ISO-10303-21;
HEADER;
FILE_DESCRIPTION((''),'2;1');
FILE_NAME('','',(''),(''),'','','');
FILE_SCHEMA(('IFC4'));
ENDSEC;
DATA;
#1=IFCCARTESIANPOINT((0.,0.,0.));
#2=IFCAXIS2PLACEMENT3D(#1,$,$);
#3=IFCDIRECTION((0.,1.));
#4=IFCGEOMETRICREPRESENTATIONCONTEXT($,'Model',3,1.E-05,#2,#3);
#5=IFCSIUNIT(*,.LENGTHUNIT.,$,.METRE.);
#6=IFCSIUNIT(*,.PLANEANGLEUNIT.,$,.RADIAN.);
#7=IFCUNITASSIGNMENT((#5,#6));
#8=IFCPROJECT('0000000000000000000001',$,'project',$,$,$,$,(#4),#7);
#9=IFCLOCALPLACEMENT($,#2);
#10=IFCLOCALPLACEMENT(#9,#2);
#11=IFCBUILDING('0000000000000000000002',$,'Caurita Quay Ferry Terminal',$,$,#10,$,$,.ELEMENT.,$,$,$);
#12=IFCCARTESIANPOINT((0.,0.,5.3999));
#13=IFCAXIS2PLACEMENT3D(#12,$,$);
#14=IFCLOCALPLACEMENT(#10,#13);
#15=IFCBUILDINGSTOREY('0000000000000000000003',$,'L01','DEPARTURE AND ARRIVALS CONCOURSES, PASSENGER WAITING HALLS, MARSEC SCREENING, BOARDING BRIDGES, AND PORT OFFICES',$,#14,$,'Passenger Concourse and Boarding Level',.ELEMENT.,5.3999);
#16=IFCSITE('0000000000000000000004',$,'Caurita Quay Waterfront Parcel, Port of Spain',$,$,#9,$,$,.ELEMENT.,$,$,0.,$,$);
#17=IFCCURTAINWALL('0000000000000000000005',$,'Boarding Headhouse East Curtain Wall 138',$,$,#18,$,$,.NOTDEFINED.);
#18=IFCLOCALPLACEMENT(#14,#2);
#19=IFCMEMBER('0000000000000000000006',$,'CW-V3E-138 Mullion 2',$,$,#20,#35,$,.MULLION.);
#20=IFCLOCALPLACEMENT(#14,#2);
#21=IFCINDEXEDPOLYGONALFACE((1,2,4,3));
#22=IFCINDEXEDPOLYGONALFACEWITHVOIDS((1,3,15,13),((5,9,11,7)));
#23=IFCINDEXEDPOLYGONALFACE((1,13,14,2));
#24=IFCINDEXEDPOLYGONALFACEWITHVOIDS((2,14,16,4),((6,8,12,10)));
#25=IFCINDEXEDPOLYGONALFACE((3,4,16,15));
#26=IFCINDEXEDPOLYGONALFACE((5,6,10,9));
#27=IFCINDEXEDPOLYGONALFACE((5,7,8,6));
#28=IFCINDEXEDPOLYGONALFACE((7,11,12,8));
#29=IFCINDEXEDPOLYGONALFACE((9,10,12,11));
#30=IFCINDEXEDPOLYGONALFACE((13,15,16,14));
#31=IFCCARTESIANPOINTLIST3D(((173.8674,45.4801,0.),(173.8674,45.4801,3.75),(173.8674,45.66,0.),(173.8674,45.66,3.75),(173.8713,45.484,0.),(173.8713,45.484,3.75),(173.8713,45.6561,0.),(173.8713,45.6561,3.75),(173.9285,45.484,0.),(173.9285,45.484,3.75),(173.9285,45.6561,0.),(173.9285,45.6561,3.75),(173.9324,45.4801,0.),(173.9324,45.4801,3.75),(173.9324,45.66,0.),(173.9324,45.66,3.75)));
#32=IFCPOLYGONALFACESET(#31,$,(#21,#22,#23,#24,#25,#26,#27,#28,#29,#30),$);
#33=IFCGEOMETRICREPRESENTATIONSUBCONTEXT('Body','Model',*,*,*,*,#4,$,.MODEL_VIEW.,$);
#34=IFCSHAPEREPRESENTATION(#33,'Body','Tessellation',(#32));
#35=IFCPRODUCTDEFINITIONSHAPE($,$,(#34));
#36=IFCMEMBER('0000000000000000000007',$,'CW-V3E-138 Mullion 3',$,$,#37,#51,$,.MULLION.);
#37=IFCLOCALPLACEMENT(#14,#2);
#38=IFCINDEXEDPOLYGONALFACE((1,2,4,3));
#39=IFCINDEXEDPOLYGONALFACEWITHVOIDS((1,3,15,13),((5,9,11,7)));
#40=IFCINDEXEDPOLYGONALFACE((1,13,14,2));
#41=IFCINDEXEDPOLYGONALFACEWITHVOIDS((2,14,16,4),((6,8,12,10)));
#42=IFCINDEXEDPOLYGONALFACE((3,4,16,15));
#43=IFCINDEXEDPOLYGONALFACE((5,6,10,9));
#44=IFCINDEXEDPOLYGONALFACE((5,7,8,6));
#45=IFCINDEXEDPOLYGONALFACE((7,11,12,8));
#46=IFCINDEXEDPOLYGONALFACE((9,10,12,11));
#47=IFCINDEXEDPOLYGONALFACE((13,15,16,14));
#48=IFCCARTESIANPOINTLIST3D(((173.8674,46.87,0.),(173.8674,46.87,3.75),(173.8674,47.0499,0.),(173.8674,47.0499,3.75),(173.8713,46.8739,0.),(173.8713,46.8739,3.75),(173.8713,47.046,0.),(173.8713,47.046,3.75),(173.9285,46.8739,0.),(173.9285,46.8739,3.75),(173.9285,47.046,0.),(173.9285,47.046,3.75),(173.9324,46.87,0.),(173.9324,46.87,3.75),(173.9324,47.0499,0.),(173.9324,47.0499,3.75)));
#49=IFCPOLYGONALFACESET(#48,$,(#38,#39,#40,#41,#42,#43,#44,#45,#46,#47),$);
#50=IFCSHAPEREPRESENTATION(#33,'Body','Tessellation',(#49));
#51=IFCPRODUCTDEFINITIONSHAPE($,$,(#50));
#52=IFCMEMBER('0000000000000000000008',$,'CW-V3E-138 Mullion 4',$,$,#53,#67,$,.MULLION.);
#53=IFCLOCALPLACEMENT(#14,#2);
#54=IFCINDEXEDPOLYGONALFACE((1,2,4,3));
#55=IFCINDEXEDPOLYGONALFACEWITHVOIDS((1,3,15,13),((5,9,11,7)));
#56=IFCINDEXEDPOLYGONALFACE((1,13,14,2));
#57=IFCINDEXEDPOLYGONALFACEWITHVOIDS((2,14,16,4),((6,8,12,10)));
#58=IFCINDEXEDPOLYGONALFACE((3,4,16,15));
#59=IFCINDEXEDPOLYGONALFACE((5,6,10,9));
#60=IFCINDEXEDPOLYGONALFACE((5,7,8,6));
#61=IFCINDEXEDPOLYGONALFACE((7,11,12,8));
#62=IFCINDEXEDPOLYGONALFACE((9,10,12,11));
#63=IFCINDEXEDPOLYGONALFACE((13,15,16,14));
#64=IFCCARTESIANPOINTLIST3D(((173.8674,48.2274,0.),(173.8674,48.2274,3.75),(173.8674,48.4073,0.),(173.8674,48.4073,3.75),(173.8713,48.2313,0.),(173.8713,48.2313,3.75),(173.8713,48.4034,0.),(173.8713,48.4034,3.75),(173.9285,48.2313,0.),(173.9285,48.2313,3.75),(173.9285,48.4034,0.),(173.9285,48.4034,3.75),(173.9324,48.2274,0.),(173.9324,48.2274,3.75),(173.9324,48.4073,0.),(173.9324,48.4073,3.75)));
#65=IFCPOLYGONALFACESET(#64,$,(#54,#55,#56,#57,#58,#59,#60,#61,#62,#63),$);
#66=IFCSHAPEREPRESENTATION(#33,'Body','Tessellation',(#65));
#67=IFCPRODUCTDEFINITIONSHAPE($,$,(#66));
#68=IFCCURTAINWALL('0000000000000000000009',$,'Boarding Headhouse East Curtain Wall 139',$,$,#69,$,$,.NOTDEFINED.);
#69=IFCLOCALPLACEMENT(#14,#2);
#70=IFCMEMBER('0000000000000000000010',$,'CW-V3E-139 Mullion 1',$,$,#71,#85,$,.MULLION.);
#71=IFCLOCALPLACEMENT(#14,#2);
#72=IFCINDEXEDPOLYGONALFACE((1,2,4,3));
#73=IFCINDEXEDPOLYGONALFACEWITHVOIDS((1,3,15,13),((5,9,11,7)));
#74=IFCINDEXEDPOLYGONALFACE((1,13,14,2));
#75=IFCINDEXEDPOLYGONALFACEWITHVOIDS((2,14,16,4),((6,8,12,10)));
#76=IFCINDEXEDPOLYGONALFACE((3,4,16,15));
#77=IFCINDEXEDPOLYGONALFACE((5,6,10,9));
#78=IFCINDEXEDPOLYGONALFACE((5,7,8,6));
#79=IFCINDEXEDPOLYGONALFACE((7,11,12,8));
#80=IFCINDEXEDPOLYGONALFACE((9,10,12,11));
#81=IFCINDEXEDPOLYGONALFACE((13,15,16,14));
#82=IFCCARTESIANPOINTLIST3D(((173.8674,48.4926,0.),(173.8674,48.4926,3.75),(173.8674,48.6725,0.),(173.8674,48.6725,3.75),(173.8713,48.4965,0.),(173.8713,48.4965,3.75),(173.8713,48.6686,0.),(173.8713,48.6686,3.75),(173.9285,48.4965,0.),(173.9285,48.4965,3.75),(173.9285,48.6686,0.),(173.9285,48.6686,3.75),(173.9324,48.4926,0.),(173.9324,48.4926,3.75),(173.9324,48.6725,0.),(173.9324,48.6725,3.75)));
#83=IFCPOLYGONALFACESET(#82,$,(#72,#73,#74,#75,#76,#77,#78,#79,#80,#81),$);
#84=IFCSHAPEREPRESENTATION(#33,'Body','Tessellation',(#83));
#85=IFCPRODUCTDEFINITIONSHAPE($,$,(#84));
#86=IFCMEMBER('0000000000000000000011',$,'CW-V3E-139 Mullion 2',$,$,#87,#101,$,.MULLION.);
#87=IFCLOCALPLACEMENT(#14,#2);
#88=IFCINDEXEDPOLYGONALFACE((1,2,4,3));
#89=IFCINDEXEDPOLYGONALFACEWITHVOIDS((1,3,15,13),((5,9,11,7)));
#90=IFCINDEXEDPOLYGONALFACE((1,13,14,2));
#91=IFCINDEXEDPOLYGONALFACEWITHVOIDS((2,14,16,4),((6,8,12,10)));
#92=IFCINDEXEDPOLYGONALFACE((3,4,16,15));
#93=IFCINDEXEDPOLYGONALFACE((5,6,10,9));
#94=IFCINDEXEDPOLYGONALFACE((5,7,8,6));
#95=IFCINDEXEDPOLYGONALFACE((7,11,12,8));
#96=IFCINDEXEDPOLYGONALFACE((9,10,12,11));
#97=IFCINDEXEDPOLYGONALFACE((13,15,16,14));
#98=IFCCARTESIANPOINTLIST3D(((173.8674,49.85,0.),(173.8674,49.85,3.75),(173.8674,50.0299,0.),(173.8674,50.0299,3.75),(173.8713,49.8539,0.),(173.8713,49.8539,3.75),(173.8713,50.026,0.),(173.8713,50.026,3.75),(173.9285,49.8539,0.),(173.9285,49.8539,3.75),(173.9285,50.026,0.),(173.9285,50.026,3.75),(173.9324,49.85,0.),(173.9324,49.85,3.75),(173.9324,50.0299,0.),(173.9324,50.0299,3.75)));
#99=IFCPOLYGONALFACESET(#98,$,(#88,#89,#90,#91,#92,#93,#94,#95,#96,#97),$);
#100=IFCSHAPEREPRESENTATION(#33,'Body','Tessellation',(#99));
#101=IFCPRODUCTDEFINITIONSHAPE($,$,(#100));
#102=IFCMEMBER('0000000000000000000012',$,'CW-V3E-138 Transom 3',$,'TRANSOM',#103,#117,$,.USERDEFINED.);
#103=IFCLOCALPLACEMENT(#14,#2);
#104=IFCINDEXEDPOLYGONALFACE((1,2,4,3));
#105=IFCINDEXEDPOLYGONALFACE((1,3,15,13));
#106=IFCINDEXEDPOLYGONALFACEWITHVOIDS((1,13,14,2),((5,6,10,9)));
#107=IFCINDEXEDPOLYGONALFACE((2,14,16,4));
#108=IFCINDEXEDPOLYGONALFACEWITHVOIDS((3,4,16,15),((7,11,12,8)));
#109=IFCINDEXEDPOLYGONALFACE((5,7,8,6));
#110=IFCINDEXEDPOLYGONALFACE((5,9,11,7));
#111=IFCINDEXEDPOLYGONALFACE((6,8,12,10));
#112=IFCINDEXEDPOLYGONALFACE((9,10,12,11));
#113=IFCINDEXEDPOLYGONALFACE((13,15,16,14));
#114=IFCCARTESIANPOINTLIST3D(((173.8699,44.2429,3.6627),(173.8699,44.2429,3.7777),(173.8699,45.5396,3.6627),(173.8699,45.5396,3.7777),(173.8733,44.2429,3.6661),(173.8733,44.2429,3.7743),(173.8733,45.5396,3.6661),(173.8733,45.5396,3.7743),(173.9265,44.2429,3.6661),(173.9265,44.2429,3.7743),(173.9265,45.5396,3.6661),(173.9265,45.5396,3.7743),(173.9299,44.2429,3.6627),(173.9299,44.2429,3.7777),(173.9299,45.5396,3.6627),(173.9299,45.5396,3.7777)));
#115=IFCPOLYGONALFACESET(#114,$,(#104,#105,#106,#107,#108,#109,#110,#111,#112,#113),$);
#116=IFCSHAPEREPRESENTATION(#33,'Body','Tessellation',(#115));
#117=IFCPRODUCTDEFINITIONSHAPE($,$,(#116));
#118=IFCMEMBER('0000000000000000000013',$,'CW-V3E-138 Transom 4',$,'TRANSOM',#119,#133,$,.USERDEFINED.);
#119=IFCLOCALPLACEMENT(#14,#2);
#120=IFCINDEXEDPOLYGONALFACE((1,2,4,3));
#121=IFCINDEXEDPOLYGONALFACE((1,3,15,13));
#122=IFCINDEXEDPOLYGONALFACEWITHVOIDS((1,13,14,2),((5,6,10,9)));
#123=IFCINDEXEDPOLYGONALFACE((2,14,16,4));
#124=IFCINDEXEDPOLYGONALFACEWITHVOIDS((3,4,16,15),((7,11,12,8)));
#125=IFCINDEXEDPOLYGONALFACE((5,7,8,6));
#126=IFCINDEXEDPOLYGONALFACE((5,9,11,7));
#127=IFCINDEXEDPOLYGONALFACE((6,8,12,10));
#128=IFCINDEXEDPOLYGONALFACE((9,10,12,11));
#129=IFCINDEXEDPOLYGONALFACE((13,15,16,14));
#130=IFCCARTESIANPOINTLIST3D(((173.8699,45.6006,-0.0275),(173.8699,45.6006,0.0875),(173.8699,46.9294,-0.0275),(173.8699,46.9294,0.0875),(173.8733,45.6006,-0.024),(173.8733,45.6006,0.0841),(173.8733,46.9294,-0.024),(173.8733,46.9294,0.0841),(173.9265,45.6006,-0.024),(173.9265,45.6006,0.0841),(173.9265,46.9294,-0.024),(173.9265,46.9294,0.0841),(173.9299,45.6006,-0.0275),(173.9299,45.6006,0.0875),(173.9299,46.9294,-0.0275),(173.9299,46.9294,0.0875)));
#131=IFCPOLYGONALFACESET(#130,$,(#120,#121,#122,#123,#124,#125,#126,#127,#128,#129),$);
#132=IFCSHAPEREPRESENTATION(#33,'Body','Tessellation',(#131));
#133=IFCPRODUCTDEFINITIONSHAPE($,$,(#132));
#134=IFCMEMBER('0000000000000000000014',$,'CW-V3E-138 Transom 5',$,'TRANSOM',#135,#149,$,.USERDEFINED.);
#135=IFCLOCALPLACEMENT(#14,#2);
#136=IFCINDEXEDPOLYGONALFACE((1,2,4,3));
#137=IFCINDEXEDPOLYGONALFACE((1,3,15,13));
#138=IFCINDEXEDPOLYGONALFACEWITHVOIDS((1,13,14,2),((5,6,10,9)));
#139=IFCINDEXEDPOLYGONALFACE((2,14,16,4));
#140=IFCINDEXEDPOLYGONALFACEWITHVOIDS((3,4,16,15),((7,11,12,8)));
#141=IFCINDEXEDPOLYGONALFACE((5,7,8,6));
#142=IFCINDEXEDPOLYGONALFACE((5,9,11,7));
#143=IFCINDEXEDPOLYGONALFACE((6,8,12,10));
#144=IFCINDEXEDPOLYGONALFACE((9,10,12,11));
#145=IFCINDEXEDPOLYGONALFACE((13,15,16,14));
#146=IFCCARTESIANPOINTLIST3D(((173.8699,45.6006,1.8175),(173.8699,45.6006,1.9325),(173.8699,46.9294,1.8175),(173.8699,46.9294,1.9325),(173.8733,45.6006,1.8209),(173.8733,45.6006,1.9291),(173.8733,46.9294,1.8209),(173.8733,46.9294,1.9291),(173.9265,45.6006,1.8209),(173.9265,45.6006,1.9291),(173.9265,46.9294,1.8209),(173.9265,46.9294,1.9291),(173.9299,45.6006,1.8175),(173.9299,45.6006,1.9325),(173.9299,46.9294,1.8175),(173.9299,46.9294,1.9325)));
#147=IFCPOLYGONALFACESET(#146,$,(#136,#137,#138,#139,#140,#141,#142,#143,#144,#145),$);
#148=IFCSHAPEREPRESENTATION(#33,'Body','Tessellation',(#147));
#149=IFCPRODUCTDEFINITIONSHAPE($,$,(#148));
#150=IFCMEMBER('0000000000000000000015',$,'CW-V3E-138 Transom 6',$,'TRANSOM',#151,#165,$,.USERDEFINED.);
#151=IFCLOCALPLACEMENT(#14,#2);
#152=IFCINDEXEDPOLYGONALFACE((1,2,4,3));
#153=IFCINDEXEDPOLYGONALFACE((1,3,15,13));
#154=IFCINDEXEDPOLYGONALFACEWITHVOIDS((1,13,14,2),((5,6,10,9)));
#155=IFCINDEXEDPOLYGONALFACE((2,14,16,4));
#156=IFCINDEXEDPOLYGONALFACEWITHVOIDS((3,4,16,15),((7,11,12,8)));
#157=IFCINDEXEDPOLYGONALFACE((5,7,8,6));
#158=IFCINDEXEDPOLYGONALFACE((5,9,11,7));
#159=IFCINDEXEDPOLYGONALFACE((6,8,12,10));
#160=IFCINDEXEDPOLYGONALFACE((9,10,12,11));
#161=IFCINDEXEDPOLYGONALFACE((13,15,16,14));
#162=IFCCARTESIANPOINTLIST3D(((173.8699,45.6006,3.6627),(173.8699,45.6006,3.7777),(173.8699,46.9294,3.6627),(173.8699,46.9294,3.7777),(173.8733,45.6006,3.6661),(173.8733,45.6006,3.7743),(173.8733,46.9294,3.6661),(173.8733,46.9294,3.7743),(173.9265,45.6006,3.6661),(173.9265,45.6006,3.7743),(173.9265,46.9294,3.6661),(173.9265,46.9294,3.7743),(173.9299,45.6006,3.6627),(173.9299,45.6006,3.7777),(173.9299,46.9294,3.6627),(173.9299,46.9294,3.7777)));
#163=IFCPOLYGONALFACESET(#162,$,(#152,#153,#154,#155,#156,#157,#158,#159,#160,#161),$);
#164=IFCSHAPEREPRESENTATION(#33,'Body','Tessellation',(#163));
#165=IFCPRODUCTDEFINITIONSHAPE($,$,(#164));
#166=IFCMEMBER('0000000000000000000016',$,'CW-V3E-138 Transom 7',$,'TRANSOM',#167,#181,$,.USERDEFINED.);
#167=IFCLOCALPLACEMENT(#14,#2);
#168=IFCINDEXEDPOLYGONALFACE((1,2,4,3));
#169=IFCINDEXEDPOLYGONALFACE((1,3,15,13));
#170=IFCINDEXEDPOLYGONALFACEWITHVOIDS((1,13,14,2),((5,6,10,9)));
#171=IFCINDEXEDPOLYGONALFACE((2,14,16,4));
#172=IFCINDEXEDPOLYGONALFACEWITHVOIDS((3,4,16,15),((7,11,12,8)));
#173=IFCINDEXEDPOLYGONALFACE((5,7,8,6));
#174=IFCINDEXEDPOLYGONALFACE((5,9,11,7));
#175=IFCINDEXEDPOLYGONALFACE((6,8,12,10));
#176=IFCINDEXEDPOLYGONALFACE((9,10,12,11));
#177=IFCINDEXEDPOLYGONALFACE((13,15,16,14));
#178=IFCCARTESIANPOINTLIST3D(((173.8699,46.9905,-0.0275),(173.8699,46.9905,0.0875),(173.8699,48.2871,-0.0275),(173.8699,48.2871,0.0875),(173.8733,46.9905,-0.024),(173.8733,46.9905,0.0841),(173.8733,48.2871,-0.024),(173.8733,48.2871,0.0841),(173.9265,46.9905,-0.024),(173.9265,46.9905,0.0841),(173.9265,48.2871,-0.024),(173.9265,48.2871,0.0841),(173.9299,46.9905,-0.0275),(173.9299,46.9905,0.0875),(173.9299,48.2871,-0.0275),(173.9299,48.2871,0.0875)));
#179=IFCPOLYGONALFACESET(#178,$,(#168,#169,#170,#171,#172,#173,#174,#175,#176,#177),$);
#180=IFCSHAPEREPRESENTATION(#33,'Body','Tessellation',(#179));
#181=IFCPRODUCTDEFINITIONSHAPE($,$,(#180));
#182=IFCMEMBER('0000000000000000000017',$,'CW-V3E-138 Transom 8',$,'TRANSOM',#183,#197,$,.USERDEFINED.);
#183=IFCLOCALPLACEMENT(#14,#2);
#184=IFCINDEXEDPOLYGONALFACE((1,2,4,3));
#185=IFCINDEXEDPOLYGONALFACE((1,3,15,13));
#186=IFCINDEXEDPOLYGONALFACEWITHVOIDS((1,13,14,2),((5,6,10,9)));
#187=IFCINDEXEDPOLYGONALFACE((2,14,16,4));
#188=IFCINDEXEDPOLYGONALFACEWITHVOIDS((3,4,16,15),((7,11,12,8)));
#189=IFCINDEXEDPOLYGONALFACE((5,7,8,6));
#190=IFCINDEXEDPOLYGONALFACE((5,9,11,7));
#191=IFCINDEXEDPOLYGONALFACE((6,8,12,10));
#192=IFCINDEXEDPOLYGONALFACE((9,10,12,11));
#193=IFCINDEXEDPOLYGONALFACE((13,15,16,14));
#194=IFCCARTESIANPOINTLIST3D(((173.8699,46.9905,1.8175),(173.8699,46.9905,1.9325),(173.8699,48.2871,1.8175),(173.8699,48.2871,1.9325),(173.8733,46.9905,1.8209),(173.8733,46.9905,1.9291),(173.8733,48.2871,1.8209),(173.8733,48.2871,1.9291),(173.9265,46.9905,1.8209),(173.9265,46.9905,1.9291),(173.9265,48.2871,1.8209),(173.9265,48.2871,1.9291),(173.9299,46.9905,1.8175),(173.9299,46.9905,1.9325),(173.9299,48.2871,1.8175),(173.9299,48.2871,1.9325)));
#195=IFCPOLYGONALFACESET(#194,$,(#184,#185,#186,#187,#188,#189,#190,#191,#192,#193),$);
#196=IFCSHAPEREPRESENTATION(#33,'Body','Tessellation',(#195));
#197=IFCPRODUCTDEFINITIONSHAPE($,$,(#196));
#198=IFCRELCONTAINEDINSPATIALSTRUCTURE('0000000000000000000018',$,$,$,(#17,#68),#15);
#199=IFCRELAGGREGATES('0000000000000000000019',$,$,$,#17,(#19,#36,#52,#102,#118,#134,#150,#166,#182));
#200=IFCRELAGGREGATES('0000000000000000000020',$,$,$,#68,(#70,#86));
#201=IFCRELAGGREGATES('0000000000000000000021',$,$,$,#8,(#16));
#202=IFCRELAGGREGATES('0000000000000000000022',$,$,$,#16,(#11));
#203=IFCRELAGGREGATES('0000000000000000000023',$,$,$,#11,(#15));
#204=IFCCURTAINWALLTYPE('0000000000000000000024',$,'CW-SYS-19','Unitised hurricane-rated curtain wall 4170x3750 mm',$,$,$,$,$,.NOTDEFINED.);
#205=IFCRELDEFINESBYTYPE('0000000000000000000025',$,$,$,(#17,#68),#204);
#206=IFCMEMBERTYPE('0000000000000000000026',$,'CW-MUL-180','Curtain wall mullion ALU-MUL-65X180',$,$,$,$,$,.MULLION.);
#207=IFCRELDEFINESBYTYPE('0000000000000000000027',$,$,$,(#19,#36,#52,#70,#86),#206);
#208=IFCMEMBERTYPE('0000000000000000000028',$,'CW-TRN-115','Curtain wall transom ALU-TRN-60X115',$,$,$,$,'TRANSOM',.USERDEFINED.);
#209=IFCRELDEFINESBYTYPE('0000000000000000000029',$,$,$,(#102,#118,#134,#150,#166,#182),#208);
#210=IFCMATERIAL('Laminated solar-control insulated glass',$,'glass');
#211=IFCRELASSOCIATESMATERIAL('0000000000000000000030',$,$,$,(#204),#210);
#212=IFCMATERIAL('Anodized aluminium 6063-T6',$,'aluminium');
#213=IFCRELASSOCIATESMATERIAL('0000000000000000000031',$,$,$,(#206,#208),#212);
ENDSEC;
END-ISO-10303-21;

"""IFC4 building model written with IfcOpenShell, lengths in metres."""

from ifc_helpers import new_model, si_unit, direction, frame, origin, origin_2d, place, context, subcontext, project, spatial, hollow_rectangle, extrude, material, material_profile, profile_set, type_object, element, aggregate, save


model = new_model("IFC4")

# Units and contexts
model_context = context("Model", 3, precision=1e-05, world=origin(), true_north=direction((0.0, 1.0)))
body_context = subcontext(model_context, "Body", "Model", "MODEL_VIEW")
ifc_project = project(units=[si_unit("LENGTHUNIT", "METRE"), si_unit("PLANEANGLEUNIT", "RADIAN")], contexts=[model_context])

# Site, building, storey
site_placement = place(None, origin())
site = spatial("IfcSite", under=ifc_project, at=site_placement, Name="Caurita Quay Waterfront Parcel, Port of Spain", CompositionType="ELEMENT", RefElevation=0.0)
building_placement = place(site_placement, origin())
building = spatial("IfcBuilding", under=site, at=building_placement, Name="Caurita Quay Ferry Terminal", CompositionType="ELEMENT")
storey_placement = place(building_placement, frame((0.0, 0.0, 5.3999)))
storey = spatial("IfcBuildingStorey", under=building, at=storey_placement, Name="L01", Description="DEPARTURE AND ARRIVALS CONCOURSES, PASSENGER WAITING HALLS, MARSEC SCREENING, BOARDING BRIDGES, AND PORT OFFICES", LongName="Passenger Concourse and Boarding Level", CompositionType="ELEMENT", Elevation=5.3999)

# Curtain walls, members
ifc_material_1 = material(Name="Laminated solar-control insulated glass", Category="glass")
curtain_wall_type = type_object("IfcCurtainWallType", Name="CW-SYS-19", Description="Unitised hurricane-rated curtain wall 4170x3750 mm", PredefinedType="NOTDEFINED", material=ifc_material_1)
curtain_wall_1_placement = place(storey_placement, origin())
curtain_wall_1 = element("IfcCurtainWall", 1, at=curtain_wall_1_placement, inside=storey, type_object=curtain_wall_type, Name="Boarding Headhouse East Curtain Wall 138", PredefinedType="NOTDEFINED")
ifc_material_2 = material(Name="Anodized aluminium 6063-T6", Category="aluminium")
ifc_material_profile_1 = material_profile(ifc_material_2, hollow_rectangle(XDim=0.0649, YDim=0.1799, WallThickness=0.0039, at=origin_2d()), Name="ALU-MUL-65X180")
ifc_profile_set_1 = profile_set([ifc_material_profile_1], Name="Anodized aluminium 6063-T6")
member_type_1 = type_object("IfcMemberType", Name="CW-MUL-180", Description="Curtain wall mullion ALU-MUL-65X180", PredefinedType="MULLION", material=ifc_profile_set_1)
member_1_placement = place(storey_placement, frame((173.8999, 45.5701, 0.0), z_axis=(0.0, 0.0, 1.0), x_axis=(-1.0, 0.0, 0.0)))
member_1 = element("IfcMember", 2, at=member_1_placement, type_object=member_type_1, Name="CW-V3E-138 Mullion 2", PredefinedType="MULLION", context=body_context, shape_type="SweptSolid", body=[
    extrude(hollow_rectangle(XDim=0.0649, YDim=0.1799, WallThickness=0.0039, at=origin_2d()), origin(), (0.0, 0.0, 1.0), 3.75),
])
member_2_placement = place(storey_placement, frame((173.8999, 46.96, 0.0), z_axis=(0.0, 0.0, 1.0), x_axis=(-1.0, 0.0, 0.0)))
member_2 = element("IfcMember", 3, at=member_2_placement, type_object=member_type_1, Name="CW-V3E-138 Mullion 3", PredefinedType="MULLION", context=body_context, shape_type="SweptSolid", body=[
    extrude(hollow_rectangle(XDim=0.0649, YDim=0.1799, WallThickness=0.0039, at=origin_2d()), origin(), (0.0, 0.0, 1.0), 3.75),
])
member_3_placement = place(storey_placement, frame((173.8999, 48.3174, 0.0), z_axis=(0.0, 0.0, 1.0), x_axis=(-1.0, 0.0, 0.0)))
member_3 = element("IfcMember", 4, at=member_3_placement, type_object=member_type_1, Name="CW-V3E-138 Mullion 4", PredefinedType="MULLION", context=body_context, shape_type="SweptSolid", body=[
    extrude(hollow_rectangle(XDim=0.0649, YDim=0.1799, WallThickness=0.0039, at=origin_2d()), origin(), (0.0, 0.0, 1.0), 3.75),
])
curtain_wall_2_placement = place(storey_placement, origin())
curtain_wall_2 = element("IfcCurtainWall", 5, at=curtain_wall_2_placement, inside=storey, type_object=curtain_wall_type, Name="Boarding Headhouse East Curtain Wall 139", PredefinedType="NOTDEFINED")
member_4_placement = place(storey_placement, frame((173.8999, 48.5825, 0.0), z_axis=(0.0, 0.0, 1.0), x_axis=(-1.0, 0.0, 0.0)))
member_4 = element("IfcMember", 6, at=member_4_placement, type_object=member_type_1, Name="CW-V3E-139 Mullion 1", PredefinedType="MULLION", context=body_context, shape_type="SweptSolid", body=[
    extrude(hollow_rectangle(XDim=0.0649, YDim=0.1799, WallThickness=0.0039, at=origin_2d()), origin(), (0.0, 0.0, 1.0), 3.75),
])
member_5_placement = place(storey_placement, frame((173.8999, 49.9399, 0.0), z_axis=(0.0, 0.0, 1.0), x_axis=(-1.0, 0.0, 0.0)))
member_5 = element("IfcMember", 7, at=member_5_placement, type_object=member_type_1, Name="CW-V3E-139 Mullion 2", PredefinedType="MULLION", context=body_context, shape_type="SweptSolid", body=[
    extrude(hollow_rectangle(XDim=0.0649, YDim=0.1799, WallThickness=0.0039, at=origin_2d()), origin(), (0.0, 0.0, 1.0), 3.75),
])

# Members
ifc_material_profile_2 = material_profile(ifc_material_2, hollow_rectangle(XDim=0.0601, YDim=0.115, WallThickness=0.0034, at=origin_2d()), Name="ALU-TRN-60X115")
ifc_profile_set_2 = profile_set([ifc_material_profile_2], Name="Anodized aluminium 6063-T6")
member_type_2 = type_object("IfcMemberType", Name="CW-TRN-115", Description="Curtain wall transom ALU-TRN-60X115", ElementType="TRANSOM", PredefinedType="USERDEFINED", material=ifc_profile_set_2)
member_6_placement = place(storey_placement, frame((173.8999, 44.2429, 3.7202), z_axis=(0.0, 1.0, 0.0), x_axis=(-1.0, 0.0, 0.0)))
member_6 = element("IfcMember", 8, at=member_6_placement, type_object=member_type_2, Name="CW-V3E-138 Transom 3", ObjectType="TRANSOM", PredefinedType="USERDEFINED", context=body_context, shape_type="SweptSolid", body=[
    extrude(hollow_rectangle(XDim=0.0601, YDim=0.115, WallThickness=0.0034, at=origin_2d()), origin(), (0.0, 0.0, 1.0), 1.2966),
])
member_7_placement = place(storey_placement, frame((173.8999, 45.6006, 0.03), z_axis=(0.0, 1.0, 0.0), x_axis=(-1.0, 0.0, 0.0)))
member_7 = element("IfcMember", 9, at=member_7_placement, type_object=member_type_2, Name="CW-V3E-138 Transom 4", ObjectType="TRANSOM", PredefinedType="USERDEFINED", context=body_context, shape_type="SweptSolid", body=[
    extrude(hollow_rectangle(XDim=0.0601, YDim=0.115, WallThickness=0.0034, at=origin_2d()), origin(), (0.0, 0.0, 1.0), 1.3289),
])
member_8_placement = place(storey_placement, frame((173.8999, 45.6006, 1.875), z_axis=(0.0, 1.0, 0.0), x_axis=(-1.0, 0.0, 0.0)))
member_8 = element("IfcMember", 10, at=member_8_placement, type_object=member_type_2, Name="CW-V3E-138 Transom 5", ObjectType="TRANSOM", PredefinedType="USERDEFINED", context=body_context, shape_type="SweptSolid", body=[
    extrude(hollow_rectangle(XDim=0.0601, YDim=0.115, WallThickness=0.0034, at=origin_2d()), origin(), (0.0, 0.0, 1.0), 1.3289),
])
member_9_placement = place(storey_placement, frame((173.8999, 45.6006, 3.7202), z_axis=(0.0, 1.0, 0.0), x_axis=(-1.0, 0.0, 0.0)))
member_9 = element("IfcMember", 11, at=member_9_placement, type_object=member_type_2, Name="CW-V3E-138 Transom 6", ObjectType="TRANSOM", PredefinedType="USERDEFINED", context=body_context, shape_type="SweptSolid", body=[
    extrude(hollow_rectangle(XDim=0.0601, YDim=0.115, WallThickness=0.0034, at=origin_2d()), origin(), (0.0, 0.0, 1.0), 1.3289),
])
member_10_placement = place(storey_placement, frame((173.8999, 46.9905, 0.03), z_axis=(0.0, 1.0, 0.0), x_axis=(-1.0, 0.0, 0.0)))
member_10 = element("IfcMember", 12, at=member_10_placement, type_object=member_type_2, Name="CW-V3E-138 Transom 7", ObjectType="TRANSOM", PredefinedType="USERDEFINED", context=body_context, shape_type="SweptSolid", body=[
    extrude(hollow_rectangle(XDim=0.0601, YDim=0.115, WallThickness=0.0034, at=origin_2d()), origin(), (0.0, 0.0, 1.0), 1.2966),
])
member_11_placement = place(storey_placement, frame((173.8999, 46.9905, 1.875), z_axis=(0.0, 1.0, 0.0), x_axis=(-1.0, 0.0, 0.0)))
member_11 = element("IfcMember", 13, at=member_11_placement, type_object=member_type_2, Name="CW-V3E-138 Transom 8", ObjectType="TRANSOM", PredefinedType="USERDEFINED", context=body_context, shape_type="SweptSolid", body=[
    extrude(hollow_rectangle(XDim=0.0601, YDim=0.115, WallThickness=0.0034, at=origin_2d()), origin(), (0.0, 0.0, 1.0), 1.2966),
])

aggregate(curtain_wall_1, [member_1, member_2, member_3, member_6, member_7, member_8, member_9, member_10, member_11])
aggregate(curtain_wall_2, [member_4, member_5])

save(model, "model.ifc")
